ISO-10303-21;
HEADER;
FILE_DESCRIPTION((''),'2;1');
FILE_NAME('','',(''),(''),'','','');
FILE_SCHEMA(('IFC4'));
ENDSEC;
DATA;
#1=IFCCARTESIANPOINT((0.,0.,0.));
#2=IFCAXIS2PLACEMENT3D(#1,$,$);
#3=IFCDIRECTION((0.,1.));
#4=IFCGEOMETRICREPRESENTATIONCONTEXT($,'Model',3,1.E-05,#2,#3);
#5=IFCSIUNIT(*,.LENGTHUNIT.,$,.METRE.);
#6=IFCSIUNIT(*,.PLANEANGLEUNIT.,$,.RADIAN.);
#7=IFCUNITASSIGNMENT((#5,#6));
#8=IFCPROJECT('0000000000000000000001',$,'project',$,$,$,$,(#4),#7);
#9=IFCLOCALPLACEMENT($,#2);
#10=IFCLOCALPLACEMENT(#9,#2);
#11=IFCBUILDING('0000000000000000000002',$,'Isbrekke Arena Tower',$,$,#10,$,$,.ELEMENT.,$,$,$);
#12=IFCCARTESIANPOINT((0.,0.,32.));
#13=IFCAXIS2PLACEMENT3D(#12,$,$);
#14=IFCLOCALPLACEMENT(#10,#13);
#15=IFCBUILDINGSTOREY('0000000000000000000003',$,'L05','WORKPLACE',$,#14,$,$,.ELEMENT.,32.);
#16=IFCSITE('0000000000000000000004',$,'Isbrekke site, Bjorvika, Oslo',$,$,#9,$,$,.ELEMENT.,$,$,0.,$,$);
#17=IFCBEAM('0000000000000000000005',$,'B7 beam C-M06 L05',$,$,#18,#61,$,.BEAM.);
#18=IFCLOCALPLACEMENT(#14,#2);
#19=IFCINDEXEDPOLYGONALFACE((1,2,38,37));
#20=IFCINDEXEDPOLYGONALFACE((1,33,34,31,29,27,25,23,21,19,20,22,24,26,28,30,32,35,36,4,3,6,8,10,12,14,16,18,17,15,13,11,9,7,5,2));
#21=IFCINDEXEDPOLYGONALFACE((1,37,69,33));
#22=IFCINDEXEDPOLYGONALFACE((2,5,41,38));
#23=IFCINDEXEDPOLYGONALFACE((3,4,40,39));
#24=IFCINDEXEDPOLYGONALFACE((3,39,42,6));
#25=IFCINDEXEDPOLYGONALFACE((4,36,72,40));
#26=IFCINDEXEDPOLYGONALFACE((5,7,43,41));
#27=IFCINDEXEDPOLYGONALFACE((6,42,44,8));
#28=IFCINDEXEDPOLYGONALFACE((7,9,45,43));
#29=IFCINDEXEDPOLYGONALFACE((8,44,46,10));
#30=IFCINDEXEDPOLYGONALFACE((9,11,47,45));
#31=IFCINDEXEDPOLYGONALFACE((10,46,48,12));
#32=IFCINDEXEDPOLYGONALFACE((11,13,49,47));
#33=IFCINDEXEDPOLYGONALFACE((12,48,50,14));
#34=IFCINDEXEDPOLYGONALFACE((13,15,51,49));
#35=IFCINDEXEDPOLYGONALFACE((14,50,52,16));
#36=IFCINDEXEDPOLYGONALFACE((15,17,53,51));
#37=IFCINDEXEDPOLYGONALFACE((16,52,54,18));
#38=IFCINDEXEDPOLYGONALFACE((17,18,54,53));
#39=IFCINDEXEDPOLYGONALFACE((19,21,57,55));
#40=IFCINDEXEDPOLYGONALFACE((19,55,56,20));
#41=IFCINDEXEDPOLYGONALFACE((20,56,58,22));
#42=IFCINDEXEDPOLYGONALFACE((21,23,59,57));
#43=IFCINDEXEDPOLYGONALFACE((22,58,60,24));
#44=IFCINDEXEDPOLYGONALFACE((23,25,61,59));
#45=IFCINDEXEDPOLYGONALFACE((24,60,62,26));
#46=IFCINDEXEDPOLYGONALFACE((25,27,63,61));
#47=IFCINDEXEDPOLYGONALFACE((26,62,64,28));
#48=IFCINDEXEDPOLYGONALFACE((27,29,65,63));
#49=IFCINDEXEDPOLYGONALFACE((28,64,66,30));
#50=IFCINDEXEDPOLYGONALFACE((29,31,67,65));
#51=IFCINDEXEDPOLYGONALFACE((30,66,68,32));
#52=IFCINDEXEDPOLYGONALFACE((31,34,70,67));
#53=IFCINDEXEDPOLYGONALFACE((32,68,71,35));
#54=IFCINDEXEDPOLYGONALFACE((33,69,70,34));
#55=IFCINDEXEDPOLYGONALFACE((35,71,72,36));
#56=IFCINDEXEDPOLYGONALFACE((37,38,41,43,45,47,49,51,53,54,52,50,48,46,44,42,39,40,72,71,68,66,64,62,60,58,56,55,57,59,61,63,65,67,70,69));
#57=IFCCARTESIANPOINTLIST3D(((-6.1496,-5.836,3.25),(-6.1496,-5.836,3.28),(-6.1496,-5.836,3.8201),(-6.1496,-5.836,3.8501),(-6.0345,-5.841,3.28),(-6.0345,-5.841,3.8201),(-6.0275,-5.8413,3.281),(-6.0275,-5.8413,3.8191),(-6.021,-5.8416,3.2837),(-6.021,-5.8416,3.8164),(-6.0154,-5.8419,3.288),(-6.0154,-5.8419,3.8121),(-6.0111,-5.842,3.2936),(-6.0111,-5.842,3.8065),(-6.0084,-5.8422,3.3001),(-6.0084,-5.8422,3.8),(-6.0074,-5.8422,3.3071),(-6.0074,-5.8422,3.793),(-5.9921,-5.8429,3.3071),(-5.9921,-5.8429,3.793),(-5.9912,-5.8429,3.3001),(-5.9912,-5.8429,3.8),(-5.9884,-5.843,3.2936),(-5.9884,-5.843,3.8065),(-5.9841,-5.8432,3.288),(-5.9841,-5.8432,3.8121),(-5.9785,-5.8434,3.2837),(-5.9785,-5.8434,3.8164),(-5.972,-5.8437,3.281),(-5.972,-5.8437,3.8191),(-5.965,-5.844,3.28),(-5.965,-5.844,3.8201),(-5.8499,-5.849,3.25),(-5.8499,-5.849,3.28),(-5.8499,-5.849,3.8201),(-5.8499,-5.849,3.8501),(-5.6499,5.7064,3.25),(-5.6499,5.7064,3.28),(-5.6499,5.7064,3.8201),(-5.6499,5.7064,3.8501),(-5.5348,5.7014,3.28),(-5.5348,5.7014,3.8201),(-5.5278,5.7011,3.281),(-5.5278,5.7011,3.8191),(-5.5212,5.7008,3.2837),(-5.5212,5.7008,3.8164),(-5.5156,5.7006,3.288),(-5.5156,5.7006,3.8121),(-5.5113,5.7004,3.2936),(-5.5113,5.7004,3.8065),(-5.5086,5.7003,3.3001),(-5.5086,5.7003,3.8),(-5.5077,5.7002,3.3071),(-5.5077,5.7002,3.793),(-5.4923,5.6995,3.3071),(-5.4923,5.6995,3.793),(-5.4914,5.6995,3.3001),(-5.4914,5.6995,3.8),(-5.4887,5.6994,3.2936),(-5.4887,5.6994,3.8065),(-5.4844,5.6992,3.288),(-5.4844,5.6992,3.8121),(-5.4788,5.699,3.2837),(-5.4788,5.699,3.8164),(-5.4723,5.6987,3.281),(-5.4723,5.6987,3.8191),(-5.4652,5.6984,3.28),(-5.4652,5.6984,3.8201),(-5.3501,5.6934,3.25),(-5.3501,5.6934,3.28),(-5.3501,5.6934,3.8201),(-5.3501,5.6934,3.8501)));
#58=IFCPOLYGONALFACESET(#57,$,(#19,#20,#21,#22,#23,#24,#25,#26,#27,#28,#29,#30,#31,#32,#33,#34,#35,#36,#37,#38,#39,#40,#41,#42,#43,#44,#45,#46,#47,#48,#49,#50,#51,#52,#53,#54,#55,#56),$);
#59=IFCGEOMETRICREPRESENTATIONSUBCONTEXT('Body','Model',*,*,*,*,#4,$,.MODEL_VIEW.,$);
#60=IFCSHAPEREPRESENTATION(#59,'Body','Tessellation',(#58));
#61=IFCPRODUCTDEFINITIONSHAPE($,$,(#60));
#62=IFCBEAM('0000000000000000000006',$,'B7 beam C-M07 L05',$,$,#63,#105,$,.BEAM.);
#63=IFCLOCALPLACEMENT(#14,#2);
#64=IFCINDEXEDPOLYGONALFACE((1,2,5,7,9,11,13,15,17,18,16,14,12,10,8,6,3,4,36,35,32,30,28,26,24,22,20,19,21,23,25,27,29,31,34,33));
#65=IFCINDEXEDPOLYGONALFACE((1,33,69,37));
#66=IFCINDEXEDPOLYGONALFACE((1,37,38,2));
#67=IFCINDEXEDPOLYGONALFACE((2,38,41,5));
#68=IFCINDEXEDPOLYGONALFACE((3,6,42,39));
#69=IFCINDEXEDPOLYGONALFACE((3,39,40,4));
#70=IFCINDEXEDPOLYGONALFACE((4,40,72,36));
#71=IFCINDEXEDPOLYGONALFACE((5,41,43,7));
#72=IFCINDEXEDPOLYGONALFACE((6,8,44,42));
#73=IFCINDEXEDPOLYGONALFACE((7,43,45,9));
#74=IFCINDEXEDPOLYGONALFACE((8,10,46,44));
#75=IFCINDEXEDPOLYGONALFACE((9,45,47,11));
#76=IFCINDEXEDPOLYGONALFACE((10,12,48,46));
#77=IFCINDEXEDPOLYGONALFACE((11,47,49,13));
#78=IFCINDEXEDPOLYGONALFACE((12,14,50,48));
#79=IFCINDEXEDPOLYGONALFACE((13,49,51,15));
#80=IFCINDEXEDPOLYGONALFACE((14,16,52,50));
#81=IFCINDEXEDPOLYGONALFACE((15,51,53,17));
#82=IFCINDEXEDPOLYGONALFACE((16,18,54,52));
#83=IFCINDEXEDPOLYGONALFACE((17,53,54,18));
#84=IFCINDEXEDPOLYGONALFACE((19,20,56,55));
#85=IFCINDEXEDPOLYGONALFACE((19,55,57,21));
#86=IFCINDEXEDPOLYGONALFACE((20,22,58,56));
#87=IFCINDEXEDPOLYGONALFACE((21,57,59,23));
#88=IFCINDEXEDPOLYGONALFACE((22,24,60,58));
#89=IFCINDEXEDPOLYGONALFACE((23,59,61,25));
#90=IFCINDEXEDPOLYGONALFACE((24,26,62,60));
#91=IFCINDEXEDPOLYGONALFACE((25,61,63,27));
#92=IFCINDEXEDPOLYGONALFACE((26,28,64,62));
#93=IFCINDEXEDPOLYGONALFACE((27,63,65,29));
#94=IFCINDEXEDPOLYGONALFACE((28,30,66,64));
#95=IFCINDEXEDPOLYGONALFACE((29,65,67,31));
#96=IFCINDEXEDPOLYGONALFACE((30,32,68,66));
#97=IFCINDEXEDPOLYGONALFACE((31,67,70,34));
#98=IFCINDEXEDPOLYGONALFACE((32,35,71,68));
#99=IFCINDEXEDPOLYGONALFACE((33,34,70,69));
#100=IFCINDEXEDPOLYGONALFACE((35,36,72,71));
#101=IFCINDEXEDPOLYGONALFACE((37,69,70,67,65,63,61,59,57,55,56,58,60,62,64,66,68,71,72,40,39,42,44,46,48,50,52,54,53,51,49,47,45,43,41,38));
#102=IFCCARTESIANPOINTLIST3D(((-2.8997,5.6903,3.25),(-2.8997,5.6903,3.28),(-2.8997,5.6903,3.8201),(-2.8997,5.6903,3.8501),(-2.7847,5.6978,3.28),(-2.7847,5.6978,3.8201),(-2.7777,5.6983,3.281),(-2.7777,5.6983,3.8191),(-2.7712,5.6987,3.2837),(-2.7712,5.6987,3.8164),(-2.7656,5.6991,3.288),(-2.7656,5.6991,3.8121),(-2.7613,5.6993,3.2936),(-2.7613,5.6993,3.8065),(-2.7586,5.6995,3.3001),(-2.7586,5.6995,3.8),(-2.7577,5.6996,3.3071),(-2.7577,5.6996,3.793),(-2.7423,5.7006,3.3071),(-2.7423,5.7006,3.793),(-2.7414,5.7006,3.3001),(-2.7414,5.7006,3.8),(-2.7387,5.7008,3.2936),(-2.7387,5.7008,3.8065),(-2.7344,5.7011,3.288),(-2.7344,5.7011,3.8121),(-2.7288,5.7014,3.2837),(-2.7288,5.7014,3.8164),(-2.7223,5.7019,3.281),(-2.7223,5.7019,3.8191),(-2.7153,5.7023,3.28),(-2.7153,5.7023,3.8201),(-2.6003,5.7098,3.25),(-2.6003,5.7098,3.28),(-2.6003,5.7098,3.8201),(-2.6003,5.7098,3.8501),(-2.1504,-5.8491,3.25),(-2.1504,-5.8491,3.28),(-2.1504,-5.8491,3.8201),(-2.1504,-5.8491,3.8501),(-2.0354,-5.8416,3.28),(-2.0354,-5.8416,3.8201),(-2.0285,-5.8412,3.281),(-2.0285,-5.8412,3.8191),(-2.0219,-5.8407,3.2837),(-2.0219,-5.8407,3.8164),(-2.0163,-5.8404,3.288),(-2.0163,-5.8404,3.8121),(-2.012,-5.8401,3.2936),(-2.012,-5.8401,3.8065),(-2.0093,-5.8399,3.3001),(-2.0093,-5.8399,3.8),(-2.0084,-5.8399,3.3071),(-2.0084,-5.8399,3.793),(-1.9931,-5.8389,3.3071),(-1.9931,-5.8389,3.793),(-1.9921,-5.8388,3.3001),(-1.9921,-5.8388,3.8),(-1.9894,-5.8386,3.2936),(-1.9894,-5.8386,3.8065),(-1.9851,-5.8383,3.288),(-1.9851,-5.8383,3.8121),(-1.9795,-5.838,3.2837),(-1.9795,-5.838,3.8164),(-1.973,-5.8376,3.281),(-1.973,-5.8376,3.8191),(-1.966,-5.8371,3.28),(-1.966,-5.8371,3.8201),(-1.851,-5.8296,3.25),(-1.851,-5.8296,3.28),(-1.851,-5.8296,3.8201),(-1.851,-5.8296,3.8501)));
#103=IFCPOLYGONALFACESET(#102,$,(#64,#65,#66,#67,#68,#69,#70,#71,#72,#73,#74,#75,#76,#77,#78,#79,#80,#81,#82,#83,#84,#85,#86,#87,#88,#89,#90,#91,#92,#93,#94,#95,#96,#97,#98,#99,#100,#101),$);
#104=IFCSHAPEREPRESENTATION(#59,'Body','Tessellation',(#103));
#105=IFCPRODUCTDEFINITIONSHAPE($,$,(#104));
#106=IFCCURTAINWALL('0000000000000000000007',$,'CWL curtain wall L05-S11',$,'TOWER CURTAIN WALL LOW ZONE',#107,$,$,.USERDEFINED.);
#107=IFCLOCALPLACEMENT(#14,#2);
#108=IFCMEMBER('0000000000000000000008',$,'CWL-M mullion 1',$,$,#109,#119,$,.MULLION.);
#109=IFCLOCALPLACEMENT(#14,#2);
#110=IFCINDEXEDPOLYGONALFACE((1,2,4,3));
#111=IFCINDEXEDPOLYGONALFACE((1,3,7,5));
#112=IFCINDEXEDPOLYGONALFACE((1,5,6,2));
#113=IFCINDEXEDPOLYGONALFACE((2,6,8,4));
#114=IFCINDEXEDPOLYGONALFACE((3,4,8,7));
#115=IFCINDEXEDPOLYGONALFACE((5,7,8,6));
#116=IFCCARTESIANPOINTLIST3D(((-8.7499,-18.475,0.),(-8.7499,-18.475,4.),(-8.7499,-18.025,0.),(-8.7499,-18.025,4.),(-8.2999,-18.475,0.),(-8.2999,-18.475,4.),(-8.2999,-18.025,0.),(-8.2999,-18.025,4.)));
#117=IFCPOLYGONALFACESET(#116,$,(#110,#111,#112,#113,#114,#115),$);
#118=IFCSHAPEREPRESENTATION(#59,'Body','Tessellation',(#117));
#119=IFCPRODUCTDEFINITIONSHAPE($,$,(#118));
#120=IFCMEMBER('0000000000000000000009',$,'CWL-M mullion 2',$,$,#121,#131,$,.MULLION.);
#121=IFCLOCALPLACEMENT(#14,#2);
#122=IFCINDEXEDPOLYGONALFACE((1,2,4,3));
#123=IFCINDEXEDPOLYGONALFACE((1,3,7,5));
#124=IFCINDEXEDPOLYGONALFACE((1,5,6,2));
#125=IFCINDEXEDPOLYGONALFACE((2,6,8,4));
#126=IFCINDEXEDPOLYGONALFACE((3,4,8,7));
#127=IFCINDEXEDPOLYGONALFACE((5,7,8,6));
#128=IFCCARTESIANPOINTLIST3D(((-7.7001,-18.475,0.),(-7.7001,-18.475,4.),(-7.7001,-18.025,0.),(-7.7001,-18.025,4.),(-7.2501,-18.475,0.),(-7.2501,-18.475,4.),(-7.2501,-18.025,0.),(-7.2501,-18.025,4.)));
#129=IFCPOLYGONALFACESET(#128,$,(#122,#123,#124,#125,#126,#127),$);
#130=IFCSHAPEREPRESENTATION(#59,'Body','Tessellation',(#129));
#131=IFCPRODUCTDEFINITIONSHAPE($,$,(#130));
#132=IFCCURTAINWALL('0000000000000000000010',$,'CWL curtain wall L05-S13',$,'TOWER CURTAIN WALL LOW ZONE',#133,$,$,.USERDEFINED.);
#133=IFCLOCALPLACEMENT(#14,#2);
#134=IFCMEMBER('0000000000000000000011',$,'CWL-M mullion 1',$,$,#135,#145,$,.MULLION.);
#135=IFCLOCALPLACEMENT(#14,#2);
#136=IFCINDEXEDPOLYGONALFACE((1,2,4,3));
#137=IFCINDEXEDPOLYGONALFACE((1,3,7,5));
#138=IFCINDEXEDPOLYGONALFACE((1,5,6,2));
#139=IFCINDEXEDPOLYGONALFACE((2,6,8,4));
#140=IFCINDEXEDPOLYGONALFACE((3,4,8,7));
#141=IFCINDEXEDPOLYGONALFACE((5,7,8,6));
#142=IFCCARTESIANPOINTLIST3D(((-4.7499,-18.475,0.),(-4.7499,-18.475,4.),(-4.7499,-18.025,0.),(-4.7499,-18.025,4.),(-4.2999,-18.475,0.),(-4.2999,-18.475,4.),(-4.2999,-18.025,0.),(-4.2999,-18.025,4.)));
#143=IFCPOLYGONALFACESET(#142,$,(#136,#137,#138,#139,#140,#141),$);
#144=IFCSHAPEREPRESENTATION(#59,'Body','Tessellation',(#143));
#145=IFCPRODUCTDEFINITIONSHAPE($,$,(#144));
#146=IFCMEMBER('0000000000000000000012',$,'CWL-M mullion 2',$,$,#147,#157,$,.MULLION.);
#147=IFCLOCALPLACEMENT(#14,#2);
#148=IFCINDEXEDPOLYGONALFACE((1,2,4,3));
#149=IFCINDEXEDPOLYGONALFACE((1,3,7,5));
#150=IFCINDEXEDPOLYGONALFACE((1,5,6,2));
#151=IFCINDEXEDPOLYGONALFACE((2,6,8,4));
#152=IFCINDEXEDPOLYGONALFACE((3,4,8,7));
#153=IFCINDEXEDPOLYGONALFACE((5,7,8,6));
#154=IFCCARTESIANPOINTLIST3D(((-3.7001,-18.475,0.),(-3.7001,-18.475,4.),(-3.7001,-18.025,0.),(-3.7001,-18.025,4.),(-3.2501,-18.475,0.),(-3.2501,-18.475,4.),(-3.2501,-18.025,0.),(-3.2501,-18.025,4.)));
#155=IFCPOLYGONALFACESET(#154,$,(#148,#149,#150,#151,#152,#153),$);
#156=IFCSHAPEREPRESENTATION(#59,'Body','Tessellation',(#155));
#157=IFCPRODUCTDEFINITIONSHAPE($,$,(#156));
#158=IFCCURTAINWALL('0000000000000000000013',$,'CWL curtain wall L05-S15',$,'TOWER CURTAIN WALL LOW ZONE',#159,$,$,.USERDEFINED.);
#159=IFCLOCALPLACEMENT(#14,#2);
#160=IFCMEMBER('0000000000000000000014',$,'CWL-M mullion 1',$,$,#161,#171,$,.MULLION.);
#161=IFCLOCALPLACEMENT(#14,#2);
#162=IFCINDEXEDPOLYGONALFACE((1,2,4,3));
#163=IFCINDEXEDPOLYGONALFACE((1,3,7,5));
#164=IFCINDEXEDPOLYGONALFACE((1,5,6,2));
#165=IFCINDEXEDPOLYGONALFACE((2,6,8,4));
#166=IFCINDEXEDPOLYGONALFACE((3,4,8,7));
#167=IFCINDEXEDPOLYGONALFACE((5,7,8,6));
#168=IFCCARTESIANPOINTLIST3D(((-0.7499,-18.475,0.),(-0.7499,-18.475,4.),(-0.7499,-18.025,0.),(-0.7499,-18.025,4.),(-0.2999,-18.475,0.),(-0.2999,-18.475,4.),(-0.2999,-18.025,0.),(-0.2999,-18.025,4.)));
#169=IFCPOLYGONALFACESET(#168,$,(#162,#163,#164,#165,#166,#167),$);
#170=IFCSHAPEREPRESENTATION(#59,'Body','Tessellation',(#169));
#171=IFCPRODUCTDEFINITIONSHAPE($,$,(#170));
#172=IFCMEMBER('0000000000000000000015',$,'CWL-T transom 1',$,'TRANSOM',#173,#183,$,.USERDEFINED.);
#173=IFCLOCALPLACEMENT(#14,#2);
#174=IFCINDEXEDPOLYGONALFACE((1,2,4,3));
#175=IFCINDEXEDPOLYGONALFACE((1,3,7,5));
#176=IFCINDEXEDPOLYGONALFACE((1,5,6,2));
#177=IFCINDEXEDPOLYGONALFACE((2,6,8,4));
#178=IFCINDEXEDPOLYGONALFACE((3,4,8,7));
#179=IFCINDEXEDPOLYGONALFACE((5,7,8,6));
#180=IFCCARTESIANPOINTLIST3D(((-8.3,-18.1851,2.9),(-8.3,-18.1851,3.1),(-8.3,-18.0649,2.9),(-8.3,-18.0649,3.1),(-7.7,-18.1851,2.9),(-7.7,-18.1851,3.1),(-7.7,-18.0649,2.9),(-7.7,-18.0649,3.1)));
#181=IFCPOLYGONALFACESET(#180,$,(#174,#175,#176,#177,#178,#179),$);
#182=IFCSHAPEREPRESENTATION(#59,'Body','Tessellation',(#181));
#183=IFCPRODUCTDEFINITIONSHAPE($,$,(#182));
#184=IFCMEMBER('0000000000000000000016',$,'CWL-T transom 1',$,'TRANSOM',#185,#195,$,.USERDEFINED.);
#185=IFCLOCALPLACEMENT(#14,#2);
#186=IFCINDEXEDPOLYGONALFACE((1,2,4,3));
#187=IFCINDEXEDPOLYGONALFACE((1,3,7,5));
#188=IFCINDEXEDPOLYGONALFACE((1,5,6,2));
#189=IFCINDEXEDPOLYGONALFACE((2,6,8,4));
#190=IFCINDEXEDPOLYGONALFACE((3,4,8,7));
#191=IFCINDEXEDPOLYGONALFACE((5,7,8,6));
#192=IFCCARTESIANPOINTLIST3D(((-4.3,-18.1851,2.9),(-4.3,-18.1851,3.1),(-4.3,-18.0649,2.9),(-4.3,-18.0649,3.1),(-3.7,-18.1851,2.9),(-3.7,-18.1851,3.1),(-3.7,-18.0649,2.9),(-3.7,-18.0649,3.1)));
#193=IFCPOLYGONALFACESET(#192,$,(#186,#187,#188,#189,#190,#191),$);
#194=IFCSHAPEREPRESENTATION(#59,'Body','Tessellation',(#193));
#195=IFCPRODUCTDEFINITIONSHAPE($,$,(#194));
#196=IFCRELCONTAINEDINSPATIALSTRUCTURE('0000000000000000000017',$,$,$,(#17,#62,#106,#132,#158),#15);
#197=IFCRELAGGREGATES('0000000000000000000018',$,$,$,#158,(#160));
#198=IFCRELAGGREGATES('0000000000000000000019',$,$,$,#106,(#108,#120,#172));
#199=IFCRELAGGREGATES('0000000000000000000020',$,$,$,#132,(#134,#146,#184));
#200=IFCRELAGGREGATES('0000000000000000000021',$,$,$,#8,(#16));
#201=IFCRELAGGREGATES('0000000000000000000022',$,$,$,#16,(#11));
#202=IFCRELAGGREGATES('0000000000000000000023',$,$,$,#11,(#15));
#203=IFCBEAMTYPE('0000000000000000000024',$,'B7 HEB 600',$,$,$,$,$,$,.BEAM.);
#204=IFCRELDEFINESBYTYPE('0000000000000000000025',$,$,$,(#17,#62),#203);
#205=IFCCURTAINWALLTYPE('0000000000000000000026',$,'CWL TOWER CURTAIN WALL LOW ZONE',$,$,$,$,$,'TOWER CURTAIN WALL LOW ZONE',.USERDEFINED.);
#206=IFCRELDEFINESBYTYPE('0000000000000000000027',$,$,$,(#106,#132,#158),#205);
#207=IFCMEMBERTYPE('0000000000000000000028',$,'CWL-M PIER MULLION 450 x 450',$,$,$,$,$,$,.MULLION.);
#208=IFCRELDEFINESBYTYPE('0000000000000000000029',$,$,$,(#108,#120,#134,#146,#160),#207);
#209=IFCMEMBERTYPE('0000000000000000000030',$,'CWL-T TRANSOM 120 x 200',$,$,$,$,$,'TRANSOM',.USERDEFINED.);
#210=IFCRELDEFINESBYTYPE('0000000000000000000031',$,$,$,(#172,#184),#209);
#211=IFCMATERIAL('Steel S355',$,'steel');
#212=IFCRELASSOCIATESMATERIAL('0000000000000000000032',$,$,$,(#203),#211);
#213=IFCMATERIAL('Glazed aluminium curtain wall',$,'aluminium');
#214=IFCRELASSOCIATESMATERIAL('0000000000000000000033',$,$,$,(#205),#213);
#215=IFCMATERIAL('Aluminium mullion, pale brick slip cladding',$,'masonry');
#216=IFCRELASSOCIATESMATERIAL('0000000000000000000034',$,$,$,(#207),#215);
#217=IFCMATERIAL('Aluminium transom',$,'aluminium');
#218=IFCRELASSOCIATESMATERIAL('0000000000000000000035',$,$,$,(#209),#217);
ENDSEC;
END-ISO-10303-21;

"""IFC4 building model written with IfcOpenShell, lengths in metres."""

from ifc_helpers import new_model, si_unit, direction, frame, origin, origin_2d, place, context, subcontext, project, spatial, rectangle, i_section, extrude, material, material_profile, profile_set, type_object, element, aggregate, save


model = new_model("IFC4")

# Units and contexts
model_context = context("Model", 3, precision=1e-05, world=origin(), true_north=direction((0.0, 1.0)))
body_context = subcontext(model_context, "Body", "Model", "MODEL_VIEW")
ifc_project = project(units=[si_unit("LENGTHUNIT", "METRE"), si_unit("PLANEANGLEUNIT", "RADIAN")], contexts=[model_context])

# Site, building, storey
site_placement = place(None, origin())
site = spatial("IfcSite", under=ifc_project, at=site_placement, Name="Isbrekke site, Bjorvika, Oslo", CompositionType="ELEMENT", RefElevation=0.0)
building_placement = place(site_placement, origin())
building = spatial("IfcBuilding", under=site, at=building_placement, Name="Isbrekke Arena Tower", CompositionType="ELEMENT")
storey_placement = place(building_placement, frame((0.0, 0.0, 32.0)))
storey = spatial("IfcBuildingStorey", under=building, at=storey_placement, Name="L05", Description="WORKPLACE", CompositionType="ELEMENT", Elevation=32.0)

# Beams
ifc_material_1 = material(Name="Steel S355", Category="steel")
ifc_material_profile_1 = material_profile(ifc_material_1, i_section(OverallWidth=0.3, OverallDepth=0.6001, WebThickness=0.0154, FlangeThickness=0.03, FilletRadius=0.0271, at=origin_2d()), Name="HEB 600")
ifc_profile_set_1 = profile_set([ifc_material_profile_1], Name="Steel S355")
beam_type_1 = type_object("IfcBeamType", Name="B7 HEB 600", PredefinedType="BEAM", material=ifc_profile_set_1)
beam_1_placement = place(storey_placement, frame((-5.9998, -5.8425, 3.55), z_axis=(0.043257, 0.999064, 0.0), x_axis=(-0.999064, 0.043257, 0.0)))
element("IfcBeam", 1, at=beam_1_placement, inside=storey, type_object=beam_type_1, Name="B7 beam C-M06 L05", PredefinedType="BEAM", context=body_context, shape_type="SweptSolid", body=[
    extrude(i_section(OverallWidth=0.3, OverallDepth=0.6001, WebThickness=0.0154, FlangeThickness=0.03, FilletRadius=0.0271, at=origin_2d()), origin(), (0.0, 0.0, 1.0), 11.5532),
])
beam_2_placement = place(storey_placement, frame((-2.0007, -5.8394, 3.55), z_axis=(-0.064795, 0.997899, 0.0), x_axis=(-0.997899, -0.064795, 0.0)))
element("IfcBeam", 2, at=beam_2_placement, inside=storey, type_object=beam_type_1, Name="B7 beam C-M07 L05", PredefinedType="BEAM", context=body_context, shape_type="SweptSolid", body=[
    extrude(i_section(OverallWidth=0.3, OverallDepth=0.6001, WebThickness=0.0154, FlangeThickness=0.03, FilletRadius=0.0271, at=origin_2d()), origin(), (0.0, 0.0, 1.0), 11.5637),
])

# Curtain walls, members
ifc_material_2 = material(Name="Glazed aluminium curtain wall", Category="aluminium")
curtain_wall_type = type_object("IfcCurtainWallType", Name="CWL TOWER CURTAIN WALL LOW ZONE", ElementType="TOWER CURTAIN WALL LOW ZONE", PredefinedType="USERDEFINED", material=ifc_material_2)
curtain_wall_1_placement = place(storey_placement, origin())
curtain_wall_1 = element("IfcCurtainWall", 3, at=curtain_wall_1_placement, inside=storey, type_object=curtain_wall_type, Name="CWL curtain wall L05-S11", ObjectType="TOWER CURTAIN WALL LOW ZONE", PredefinedType="USERDEFINED")
ifc_material_3 = material(Name="Aluminium mullion, pale brick slip cladding", Category="masonry")
ifc_material_profile_2 = material_profile(ifc_material_3, rectangle(XDim=0.45, YDim=0.45, at=origin_2d()), Name="PIER 450X450")
ifc_profile_set_2 = profile_set([ifc_material_profile_2], Name="Aluminium mullion, pale brick slip cladding")
member_type_1 = type_object("IfcMemberType", Name="CWL-M PIER MULLION 450 x 450", PredefinedType="MULLION", material=ifc_profile_set_2)
member_1_placement = place(storey_placement, frame((-8.5249, -18.25, 0.0), z_axis=(0.0, 0.0, 1.0), x_axis=(1.0, 0.0, 0.0)))
member_1 = element("IfcMember", 4, at=member_1_placement, type_object=member_type_1, Name="CWL-M mullion 1", PredefinedType="MULLION", context=body_context, shape_type="SweptSolid", body=[
    extrude(rectangle(XDim=0.45, YDim=0.45, at=origin_2d()), origin(), (0.0, 0.0, 1.0), 4.0),
])
member_2_placement = place(storey_placement, frame((-7.4751, -18.25, 0.0), z_axis=(0.0, 0.0, 1.0), x_axis=(1.0, 0.0, 0.0)))
member_2 = element("IfcMember", 5, at=member_2_placement, type_object=member_type_1, Name="CWL-M mullion 2", PredefinedType="MULLION", context=body_context, shape_type="SweptSolid", body=[
    extrude(rectangle(XDim=0.45, YDim=0.45, at=origin_2d()), origin(), (0.0, 0.0, 1.0), 4.0),
])
curtain_wall_2_placement = place(storey_placement, origin())
curtain_wall_2 = element("IfcCurtainWall", 6, at=curtain_wall_2_placement, inside=storey, type_object=curtain_wall_type, Name="CWL curtain wall L05-S13", ObjectType="TOWER CURTAIN WALL LOW ZONE", PredefinedType="USERDEFINED")
member_3_placement = place(storey_placement, frame((-4.5249, -18.25, 0.0), z_axis=(0.0, 0.0, 1.0), x_axis=(1.0, 0.0, 0.0)))
member_3 = element("IfcMember", 7, at=member_3_placement, type_object=member_type_1, Name="CWL-M mullion 1", PredefinedType="MULLION", context=body_context, shape_type="SweptSolid", body=[
    extrude(rectangle(XDim=0.45, YDim=0.45, at=origin_2d()), origin(), (0.0, 0.0, 1.0), 4.0),
])
member_4_placement = place(storey_placement, frame((-3.4751, -18.25, 0.0), z_axis=(0.0, 0.0, 1.0), x_axis=(1.0, 0.0, 0.0)))
member_4 = element("IfcMember", 8, at=member_4_placement, type_object=member_type_1, Name="CWL-M mullion 2", PredefinedType="MULLION", context=body_context, shape_type="SweptSolid", body=[
    extrude(rectangle(XDim=0.45, YDim=0.45, at=origin_2d()), origin(), (0.0, 0.0, 1.0), 4.0),
])

# Curtain wall, member
curtain_wall_3_placement = place(storey_placement, origin())
curtain_wall_3 = element("IfcCurtainWall", 9, at=curtain_wall_3_placement, inside=storey, type_object=curtain_wall_type, Name="CWL curtain wall L05-S15", ObjectType="TOWER CURTAIN WALL LOW ZONE", PredefinedType="USERDEFINED")
member_5_placement = place(storey_placement, frame((-0.5249, -18.25, 0.0), z_axis=(0.0, 0.0, 1.0), x_axis=(1.0, 0.0, 0.0)))
member_5 = element("IfcMember", 10, at=member_5_placement, type_object=member_type_1, Name="CWL-M mullion 1", PredefinedType="MULLION", context=body_context, shape_type="SweptSolid", body=[
    extrude(rectangle(XDim=0.45, YDim=0.45, at=origin_2d()), origin(), (0.0, 0.0, 1.0), 4.0),
])

# Members
ifc_material_4 = material(Name="Aluminium transom", Category="aluminium")
ifc_material_profile_3 = material_profile(ifc_material_4, rectangle(XDim=0.1201, YDim=0.2, at=origin_2d()), Name="TRANSOM 120X200")
ifc_profile_set_3 = profile_set([ifc_material_profile_3], Name="Aluminium transom")
member_type_2 = type_object("IfcMemberType", Name="CWL-T TRANSOM 120 x 200", ElementType="TRANSOM", PredefinedType="USERDEFINED", material=ifc_profile_set_3)
member_6_placement = place(storey_placement, frame((-8.3, -18.125, 3.0), z_axis=(1.0, 0.0, 0.0), x_axis=(0.0, 1.0, 0.0)))
member_6 = element("IfcMember", 11, at=member_6_placement, type_object=member_type_2, Name="CWL-T transom 1", ObjectType="TRANSOM", PredefinedType="USERDEFINED", context=body_context, shape_type="SweptSolid", body=[
    extrude(rectangle(XDim=0.1201, YDim=0.2, at=origin_2d()), origin(), (0.0, 0.0, 1.0), 0.6001),
])
member_7_placement = place(storey_placement, frame((-4.3, -18.125, 3.0), z_axis=(1.0, 0.0, 0.0), x_axis=(0.0, 1.0, 0.0)))
member_7 = element("IfcMember", 12, at=member_7_placement, type_object=member_type_2, Name="CWL-T transom 1", ObjectType="TRANSOM", PredefinedType="USERDEFINED", context=body_context, shape_type="SweptSolid", body=[
    extrude(rectangle(XDim=0.1201, YDim=0.2, at=origin_2d()), origin(), (0.0, 0.0, 1.0), 0.6001),
])
aggregate(curtain_wall_3, [member_5])

aggregate(curtain_wall_1, [member_1, member_2, member_6])
aggregate(curtain_wall_2, [member_3, member_4, member_7])

save(model, "model.ifc")
